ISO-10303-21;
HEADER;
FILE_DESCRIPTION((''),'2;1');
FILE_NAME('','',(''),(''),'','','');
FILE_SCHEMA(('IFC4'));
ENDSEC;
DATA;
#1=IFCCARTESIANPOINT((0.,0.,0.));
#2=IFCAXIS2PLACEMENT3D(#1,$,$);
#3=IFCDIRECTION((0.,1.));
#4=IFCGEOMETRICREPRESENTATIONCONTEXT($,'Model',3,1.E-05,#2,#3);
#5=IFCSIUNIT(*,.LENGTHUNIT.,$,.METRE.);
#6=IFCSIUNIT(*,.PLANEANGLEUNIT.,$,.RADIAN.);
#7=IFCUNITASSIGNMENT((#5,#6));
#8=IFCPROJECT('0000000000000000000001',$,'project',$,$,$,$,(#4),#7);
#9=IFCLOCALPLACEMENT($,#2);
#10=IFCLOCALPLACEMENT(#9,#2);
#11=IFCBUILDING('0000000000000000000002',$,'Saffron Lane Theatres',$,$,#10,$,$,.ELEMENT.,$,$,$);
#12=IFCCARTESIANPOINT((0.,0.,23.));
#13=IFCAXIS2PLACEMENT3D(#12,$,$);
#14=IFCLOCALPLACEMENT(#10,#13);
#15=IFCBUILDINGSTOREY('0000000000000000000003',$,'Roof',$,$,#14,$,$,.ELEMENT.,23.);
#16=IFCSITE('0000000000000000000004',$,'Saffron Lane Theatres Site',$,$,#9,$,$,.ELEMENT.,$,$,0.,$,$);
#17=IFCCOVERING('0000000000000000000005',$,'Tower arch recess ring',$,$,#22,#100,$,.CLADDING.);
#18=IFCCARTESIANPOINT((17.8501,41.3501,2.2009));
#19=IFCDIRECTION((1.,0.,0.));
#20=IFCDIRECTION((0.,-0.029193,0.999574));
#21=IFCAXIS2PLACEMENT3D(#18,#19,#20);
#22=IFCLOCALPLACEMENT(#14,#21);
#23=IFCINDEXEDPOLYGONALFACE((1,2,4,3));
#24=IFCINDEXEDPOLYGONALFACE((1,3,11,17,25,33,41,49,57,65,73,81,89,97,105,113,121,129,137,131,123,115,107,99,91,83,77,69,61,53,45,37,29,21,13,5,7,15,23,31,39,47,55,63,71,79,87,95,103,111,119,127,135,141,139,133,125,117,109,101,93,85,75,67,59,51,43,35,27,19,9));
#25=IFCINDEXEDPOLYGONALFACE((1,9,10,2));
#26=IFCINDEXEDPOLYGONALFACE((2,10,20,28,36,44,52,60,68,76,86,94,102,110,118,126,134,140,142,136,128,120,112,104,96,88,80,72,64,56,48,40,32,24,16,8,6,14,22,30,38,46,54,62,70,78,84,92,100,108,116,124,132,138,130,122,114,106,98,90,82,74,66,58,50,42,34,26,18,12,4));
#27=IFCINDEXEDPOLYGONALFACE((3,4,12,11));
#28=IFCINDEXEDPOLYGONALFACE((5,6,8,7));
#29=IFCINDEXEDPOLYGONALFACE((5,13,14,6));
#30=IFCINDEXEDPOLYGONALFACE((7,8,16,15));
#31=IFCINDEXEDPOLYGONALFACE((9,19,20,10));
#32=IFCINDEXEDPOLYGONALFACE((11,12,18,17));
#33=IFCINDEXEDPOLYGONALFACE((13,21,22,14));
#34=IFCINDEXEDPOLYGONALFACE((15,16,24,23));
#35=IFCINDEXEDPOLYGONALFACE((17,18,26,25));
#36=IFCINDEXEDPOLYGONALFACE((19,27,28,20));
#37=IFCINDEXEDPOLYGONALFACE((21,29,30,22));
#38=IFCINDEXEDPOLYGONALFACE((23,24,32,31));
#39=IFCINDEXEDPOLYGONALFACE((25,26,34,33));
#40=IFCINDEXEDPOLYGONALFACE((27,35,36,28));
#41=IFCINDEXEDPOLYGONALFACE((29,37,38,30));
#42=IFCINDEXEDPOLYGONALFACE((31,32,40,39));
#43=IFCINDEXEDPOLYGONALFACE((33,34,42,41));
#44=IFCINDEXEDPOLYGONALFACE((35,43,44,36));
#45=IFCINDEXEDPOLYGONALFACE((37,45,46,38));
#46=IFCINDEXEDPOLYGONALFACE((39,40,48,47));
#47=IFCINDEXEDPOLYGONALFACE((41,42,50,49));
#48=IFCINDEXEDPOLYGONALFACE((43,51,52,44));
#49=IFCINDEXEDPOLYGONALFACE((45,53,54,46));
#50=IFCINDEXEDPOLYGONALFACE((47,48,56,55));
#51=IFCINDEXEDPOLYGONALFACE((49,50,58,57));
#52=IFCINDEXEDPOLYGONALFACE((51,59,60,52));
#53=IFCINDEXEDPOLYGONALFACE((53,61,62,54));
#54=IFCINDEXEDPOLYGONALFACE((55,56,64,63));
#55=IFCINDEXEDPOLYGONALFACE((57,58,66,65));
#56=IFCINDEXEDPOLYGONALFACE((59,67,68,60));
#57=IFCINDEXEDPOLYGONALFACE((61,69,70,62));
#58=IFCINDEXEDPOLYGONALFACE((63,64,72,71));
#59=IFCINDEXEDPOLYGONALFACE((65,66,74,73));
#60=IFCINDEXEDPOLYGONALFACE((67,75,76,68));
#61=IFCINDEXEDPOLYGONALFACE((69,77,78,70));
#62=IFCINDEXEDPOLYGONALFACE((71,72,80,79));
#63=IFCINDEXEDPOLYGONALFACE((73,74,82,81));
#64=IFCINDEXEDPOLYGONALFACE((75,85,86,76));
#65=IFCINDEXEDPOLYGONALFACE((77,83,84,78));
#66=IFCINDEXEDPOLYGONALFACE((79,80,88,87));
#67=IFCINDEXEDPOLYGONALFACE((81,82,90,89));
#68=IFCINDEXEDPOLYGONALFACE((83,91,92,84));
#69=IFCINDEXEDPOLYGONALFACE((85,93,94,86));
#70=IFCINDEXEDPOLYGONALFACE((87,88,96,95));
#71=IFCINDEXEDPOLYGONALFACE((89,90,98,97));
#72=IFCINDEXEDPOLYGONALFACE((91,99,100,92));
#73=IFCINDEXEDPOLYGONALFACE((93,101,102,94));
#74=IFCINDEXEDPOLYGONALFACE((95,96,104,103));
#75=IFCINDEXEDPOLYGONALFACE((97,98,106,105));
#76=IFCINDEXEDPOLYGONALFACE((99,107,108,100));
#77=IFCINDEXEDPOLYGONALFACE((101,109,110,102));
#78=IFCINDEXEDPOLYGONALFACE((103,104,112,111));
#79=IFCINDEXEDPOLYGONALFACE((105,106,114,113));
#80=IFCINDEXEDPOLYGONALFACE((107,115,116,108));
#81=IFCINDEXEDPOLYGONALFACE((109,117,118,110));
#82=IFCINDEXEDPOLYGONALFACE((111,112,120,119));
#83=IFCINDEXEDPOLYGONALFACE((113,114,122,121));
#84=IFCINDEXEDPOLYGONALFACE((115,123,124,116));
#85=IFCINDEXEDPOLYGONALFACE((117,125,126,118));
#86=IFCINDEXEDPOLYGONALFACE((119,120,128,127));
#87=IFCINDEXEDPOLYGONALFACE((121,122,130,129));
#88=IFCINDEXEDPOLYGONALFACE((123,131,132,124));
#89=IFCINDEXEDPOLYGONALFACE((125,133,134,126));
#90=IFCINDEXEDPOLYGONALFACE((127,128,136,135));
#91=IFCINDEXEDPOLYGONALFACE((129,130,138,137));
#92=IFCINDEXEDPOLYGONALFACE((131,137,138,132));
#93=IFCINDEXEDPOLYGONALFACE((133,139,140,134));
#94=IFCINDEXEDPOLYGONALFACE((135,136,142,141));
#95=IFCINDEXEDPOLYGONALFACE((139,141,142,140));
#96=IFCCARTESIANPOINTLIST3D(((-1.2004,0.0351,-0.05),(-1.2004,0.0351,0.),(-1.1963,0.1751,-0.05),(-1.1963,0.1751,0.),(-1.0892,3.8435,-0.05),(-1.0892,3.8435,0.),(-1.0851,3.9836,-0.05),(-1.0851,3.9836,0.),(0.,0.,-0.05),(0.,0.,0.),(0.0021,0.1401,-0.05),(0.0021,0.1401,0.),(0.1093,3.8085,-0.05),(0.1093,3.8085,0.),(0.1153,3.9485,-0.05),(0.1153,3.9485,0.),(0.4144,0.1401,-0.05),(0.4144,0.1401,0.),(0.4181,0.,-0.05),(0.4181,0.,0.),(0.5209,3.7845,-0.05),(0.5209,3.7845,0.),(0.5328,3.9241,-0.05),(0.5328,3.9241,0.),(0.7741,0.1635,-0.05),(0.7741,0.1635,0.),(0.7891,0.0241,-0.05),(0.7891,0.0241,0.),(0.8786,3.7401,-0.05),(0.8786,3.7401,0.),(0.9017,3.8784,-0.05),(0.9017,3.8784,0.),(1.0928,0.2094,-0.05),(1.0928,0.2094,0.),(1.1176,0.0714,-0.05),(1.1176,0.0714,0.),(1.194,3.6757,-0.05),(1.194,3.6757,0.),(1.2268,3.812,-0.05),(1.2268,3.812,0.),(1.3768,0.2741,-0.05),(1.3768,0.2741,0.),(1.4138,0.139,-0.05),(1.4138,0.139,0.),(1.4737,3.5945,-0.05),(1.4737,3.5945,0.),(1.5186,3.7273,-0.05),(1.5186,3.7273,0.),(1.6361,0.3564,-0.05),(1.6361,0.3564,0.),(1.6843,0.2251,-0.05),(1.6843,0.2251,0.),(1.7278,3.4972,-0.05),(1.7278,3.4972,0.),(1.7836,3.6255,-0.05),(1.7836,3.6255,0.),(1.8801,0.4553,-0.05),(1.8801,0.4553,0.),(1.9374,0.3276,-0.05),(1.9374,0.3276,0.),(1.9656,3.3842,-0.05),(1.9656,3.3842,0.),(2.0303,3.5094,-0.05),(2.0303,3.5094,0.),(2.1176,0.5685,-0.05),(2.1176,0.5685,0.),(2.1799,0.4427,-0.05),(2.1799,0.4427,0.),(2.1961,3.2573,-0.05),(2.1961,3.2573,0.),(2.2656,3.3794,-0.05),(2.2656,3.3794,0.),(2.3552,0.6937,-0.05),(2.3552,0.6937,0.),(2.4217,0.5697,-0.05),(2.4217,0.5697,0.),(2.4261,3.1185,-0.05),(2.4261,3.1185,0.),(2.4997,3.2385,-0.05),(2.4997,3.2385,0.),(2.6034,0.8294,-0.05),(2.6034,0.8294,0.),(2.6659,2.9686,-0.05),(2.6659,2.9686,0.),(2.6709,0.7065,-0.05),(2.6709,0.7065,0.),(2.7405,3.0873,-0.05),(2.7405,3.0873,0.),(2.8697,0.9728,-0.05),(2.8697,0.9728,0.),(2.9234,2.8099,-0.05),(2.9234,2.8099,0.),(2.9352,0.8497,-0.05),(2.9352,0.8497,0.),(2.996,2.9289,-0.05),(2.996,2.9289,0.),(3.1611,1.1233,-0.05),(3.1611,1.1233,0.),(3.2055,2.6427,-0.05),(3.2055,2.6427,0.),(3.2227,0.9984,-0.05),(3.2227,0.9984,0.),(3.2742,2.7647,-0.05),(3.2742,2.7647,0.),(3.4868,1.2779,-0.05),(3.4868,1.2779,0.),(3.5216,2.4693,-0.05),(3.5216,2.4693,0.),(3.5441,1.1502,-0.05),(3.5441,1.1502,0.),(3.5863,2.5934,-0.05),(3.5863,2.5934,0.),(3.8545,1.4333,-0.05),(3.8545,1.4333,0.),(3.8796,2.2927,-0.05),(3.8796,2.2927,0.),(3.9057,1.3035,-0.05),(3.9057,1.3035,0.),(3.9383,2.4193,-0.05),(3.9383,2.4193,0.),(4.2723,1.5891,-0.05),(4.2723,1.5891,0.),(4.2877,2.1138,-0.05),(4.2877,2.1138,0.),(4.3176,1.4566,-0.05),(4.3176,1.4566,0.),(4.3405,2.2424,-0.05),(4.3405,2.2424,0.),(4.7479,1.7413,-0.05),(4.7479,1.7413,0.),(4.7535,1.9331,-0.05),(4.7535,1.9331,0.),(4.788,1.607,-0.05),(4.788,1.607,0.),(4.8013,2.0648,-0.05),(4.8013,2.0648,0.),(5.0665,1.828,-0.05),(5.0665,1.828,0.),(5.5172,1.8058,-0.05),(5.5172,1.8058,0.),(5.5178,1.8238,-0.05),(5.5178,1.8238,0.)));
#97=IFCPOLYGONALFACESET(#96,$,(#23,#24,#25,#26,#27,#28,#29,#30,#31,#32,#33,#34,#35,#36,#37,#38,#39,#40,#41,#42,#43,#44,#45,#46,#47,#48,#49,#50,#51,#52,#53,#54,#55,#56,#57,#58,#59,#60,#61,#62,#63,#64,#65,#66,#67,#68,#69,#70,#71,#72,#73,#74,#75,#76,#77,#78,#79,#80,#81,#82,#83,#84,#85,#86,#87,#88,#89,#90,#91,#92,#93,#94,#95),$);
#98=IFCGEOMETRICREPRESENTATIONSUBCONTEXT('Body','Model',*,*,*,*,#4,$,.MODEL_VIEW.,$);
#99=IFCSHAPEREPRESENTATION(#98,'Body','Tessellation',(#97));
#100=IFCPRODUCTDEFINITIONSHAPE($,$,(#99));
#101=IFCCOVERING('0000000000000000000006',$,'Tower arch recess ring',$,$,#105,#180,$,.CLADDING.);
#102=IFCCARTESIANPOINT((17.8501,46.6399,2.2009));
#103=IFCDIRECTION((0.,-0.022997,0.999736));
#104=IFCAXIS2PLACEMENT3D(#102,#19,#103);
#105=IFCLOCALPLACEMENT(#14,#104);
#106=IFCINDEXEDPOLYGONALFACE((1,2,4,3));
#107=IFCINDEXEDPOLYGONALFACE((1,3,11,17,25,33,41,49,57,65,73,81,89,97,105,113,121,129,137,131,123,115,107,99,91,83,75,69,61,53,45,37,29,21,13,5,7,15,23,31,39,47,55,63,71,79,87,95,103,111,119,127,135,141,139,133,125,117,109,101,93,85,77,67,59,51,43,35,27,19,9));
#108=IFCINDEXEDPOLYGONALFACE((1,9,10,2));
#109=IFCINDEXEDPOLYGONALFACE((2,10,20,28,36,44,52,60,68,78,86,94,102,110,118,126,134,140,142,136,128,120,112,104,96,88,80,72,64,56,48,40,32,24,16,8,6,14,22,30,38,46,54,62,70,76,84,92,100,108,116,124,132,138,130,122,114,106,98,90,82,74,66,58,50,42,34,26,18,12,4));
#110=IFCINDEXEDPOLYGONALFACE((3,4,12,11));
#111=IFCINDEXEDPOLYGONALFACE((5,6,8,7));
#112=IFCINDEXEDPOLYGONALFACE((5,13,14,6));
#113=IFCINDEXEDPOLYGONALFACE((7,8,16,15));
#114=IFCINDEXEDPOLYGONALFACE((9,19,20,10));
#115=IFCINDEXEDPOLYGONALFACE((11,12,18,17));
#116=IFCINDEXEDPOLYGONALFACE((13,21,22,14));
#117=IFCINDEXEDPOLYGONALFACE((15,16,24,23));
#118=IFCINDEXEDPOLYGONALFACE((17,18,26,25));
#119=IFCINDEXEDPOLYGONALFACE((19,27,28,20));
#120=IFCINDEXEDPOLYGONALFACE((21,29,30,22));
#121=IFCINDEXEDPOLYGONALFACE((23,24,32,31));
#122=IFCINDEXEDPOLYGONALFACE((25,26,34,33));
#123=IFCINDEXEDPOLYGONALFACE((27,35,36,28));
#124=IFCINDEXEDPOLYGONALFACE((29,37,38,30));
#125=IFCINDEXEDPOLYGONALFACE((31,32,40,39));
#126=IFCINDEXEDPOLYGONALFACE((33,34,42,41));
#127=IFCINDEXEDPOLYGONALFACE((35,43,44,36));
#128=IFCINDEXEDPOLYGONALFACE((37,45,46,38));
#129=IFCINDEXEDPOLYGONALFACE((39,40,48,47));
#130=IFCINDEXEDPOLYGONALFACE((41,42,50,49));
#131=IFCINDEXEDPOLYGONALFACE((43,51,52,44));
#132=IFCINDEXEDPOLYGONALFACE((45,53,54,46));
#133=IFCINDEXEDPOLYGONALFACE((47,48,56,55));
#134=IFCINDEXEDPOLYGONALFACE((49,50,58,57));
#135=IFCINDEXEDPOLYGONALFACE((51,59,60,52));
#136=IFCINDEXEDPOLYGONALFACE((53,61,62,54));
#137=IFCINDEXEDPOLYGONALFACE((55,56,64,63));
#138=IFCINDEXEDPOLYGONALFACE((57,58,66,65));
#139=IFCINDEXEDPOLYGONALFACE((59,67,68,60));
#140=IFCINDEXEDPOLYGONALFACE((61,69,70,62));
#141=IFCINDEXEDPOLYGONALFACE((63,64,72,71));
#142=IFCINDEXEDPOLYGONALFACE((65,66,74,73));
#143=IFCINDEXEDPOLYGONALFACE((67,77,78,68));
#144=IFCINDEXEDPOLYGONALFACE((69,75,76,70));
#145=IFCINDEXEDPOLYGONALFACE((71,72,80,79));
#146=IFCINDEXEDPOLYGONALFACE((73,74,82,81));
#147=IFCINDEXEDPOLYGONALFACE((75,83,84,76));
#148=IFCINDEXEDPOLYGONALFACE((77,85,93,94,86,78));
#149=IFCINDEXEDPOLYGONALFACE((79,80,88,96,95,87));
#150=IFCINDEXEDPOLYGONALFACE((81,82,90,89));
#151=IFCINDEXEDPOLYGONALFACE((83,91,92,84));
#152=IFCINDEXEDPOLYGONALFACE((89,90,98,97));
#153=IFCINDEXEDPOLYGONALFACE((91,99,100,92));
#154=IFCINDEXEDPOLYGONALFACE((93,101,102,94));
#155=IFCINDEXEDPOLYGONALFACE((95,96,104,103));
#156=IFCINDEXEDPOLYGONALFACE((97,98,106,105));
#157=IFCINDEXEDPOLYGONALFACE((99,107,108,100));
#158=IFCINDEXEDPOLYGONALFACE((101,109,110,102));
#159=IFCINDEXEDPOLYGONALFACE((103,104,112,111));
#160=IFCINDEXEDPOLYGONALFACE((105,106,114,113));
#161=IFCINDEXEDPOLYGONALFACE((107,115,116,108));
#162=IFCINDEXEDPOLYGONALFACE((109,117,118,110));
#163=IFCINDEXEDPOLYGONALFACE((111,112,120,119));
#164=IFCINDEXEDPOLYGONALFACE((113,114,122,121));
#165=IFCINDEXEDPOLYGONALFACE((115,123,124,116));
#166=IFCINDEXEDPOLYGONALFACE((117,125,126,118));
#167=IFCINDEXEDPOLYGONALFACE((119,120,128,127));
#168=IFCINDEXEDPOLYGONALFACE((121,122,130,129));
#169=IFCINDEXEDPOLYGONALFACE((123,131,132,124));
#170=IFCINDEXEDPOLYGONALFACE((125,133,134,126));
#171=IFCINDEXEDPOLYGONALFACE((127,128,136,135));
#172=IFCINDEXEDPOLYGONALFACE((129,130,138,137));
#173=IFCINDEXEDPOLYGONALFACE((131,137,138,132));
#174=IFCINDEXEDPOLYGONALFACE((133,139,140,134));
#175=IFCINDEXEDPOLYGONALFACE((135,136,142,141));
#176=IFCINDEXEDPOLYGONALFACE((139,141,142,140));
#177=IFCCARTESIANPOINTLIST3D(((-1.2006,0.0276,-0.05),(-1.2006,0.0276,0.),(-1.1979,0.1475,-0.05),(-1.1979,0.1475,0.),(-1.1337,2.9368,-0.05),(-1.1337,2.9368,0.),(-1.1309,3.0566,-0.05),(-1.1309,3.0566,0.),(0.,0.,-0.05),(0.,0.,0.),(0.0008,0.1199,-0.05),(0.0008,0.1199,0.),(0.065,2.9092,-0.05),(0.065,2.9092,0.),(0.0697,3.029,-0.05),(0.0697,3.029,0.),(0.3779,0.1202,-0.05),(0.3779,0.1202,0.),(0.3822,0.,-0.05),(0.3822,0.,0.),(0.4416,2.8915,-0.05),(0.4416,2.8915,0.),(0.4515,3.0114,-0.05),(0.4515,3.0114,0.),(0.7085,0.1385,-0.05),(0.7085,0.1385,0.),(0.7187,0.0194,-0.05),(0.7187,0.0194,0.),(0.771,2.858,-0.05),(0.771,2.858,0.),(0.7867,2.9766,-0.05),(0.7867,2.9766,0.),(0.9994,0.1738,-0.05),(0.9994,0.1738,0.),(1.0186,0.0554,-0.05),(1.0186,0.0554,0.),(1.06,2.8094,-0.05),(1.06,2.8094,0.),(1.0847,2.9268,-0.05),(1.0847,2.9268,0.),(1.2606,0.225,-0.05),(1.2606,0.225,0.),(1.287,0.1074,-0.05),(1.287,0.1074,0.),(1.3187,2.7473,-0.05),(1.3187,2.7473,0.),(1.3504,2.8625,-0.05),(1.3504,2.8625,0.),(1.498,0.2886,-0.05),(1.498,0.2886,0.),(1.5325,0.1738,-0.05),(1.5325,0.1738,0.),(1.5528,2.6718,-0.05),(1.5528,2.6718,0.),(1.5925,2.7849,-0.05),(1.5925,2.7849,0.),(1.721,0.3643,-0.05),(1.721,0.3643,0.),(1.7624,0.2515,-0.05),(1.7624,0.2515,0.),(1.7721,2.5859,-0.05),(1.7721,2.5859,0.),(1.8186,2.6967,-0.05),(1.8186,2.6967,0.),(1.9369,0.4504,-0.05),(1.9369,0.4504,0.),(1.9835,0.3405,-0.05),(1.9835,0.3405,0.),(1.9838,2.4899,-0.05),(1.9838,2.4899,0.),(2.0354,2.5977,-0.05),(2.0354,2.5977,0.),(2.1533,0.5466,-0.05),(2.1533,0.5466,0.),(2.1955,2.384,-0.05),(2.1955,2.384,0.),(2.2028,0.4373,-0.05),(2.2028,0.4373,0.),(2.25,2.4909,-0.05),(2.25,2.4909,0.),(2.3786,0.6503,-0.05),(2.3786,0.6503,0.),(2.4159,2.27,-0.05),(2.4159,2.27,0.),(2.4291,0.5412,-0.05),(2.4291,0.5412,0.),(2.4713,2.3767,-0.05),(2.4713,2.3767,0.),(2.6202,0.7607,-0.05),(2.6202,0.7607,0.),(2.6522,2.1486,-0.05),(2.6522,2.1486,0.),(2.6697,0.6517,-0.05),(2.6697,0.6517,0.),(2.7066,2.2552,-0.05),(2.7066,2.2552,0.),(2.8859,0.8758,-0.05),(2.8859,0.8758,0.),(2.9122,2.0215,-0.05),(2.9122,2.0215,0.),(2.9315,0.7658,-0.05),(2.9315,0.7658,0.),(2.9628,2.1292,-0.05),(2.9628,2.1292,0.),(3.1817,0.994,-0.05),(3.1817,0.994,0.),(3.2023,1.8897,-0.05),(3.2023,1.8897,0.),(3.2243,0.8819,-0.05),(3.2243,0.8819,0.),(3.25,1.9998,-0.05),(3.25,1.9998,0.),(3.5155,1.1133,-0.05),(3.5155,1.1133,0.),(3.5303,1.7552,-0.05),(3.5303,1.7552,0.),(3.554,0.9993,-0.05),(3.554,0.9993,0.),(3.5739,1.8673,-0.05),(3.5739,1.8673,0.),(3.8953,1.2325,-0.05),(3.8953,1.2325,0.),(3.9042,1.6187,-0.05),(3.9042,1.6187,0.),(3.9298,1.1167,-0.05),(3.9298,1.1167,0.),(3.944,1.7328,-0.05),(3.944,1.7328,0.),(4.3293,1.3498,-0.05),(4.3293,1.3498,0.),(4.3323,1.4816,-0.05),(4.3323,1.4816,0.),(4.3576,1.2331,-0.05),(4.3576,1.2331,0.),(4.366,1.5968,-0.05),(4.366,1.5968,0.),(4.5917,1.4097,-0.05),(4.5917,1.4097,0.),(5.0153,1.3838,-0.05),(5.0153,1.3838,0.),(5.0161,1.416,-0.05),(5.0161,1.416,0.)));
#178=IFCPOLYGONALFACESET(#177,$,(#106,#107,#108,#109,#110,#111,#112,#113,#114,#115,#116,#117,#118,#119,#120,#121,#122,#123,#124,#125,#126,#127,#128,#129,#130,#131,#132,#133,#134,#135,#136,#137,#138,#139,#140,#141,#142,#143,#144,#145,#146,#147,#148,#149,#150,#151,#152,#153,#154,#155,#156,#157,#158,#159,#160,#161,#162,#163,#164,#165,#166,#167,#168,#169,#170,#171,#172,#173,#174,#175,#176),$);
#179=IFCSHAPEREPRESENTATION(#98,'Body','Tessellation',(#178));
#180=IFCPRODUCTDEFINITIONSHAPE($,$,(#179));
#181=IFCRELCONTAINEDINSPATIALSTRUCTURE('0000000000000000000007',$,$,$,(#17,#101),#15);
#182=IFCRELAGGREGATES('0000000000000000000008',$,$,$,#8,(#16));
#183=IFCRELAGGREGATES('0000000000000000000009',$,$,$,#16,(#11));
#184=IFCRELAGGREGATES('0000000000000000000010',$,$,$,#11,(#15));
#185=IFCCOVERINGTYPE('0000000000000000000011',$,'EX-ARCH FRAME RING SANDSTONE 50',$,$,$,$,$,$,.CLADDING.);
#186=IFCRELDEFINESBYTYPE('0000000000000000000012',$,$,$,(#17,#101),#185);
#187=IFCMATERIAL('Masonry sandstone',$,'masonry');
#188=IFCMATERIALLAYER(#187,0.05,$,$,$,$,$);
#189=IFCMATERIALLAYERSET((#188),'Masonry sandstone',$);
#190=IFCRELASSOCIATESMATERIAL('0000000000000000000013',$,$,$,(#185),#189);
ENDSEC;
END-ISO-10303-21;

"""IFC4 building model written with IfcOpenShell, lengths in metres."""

from ifc_helpers import new_model, si_unit, direction, frame, origin, place, context, subcontext, project, spatial, polyline, outline, extrude, material, layer, layer_set, type_object, element, save


model = new_model("IFC4")

# Units and contexts
model_context = context("Model", 3, precision=1e-05, world=origin(), true_north=direction((0.0, 1.0)))
body_context = subcontext(model_context, "Body", "Model", "MODEL_VIEW")
ifc_project = project(units=[si_unit("LENGTHUNIT", "METRE"), si_unit("PLANEANGLEUNIT", "RADIAN")], contexts=[model_context])

# Site, building, storey
site_placement = place(None, origin())
site = spatial("IfcSite", under=ifc_project, at=site_placement, Name="Saffron Lane Theatres Site", CompositionType="ELEMENT", RefElevation=0.0)
building_placement = place(site_placement, origin())
building = spatial("IfcBuilding", under=site, at=building_placement, Name="Saffron Lane Theatres", CompositionType="ELEMENT")
storey_placement = place(building_placement, frame((0.0, 0.0, 23.0)))
storey = spatial("IfcBuildingStorey", under=building, at=storey_placement, Name="Roof", CompositionType="ELEMENT", Elevation=23.0)

# Coverings
ifc_material_1 = material(Name="Masonry sandstone", Category="masonry")
ifc_layer_1 = layer(ifc_material_1, 0.05)
ifc_layer_set_1 = layer_set([ifc_layer_1], Name="Masonry sandstone")
covering_type_1 = type_object("IfcCoveringType", Name="EX-ARCH FRAME RING SANDSTONE 50", PredefinedType="CLADDING", material=ifc_layer_set_1)
covering_1_placement = place(storey_placement, frame((17.8501, 41.3501, 2.2009), z_axis=(1.0, 0.0, 0.0), x_axis=(0.0, -0.029193, 0.999574)))
element("IfcCovering", 1, at=covering_1_placement, inside=storey, type_object=covering_type_1, Name="Tower arch recess ring", PredefinedType="CLADDING", context=body_context, shape_type="SweptSolid", body=[
    extrude(outline(polyline([(0.0, 0.0), (0.4181, 0.0), (0.7891, 0.0241), (1.1176, 0.0714), (1.4138, 0.139), (1.6843, 0.2251), (1.9374, 0.3276), (2.1799, 0.4427), (2.4217, 0.5697), (2.6709, 0.7065), (2.9352, 0.8497), (3.2227, 0.9984), (3.5441, 1.1502), (3.9057, 1.3035), (4.3176, 1.4566), (4.788, 1.607), (5.5172, 1.8058), (5.5178, 1.8238), (4.8013, 2.0648), (4.3405, 2.2424), (3.9383, 2.4193), (3.5863, 2.5934), (3.2742, 2.7647), (2.996, 2.9289), (2.7405, 3.0873), (2.4997, 3.2385), (2.2656, 3.3794), (2.0303, 3.5094), (1.7836, 3.6255), (1.5186, 3.7273), (1.2268, 3.812), (0.9017, 3.8784), (0.5328, 3.9241), (0.1153, 3.9485), (-1.0851, 3.9836), (-1.0892, 3.8435), (0.1093, 3.8085), (0.5209, 3.7845), (0.8786, 3.7401), (1.194, 3.6757), (1.4737, 3.5945), (1.7278, 3.4972), (1.9656, 3.3842), (2.1961, 3.2573), (2.4261, 3.1185), (2.6659, 2.9686), (2.9234, 2.8099), (3.2055, 2.6427), (3.5216, 2.4693), (3.8796, 2.2927), (4.2877, 2.1138), (4.7535, 1.9331), (5.0665, 1.828), (4.7479, 1.7413), (4.2723, 1.5891), (3.8545, 1.4333), (3.4868, 1.2779), (3.1611, 1.1233), (2.8697, 0.9728), (2.6034, 0.8294), (2.3552, 0.6937), (2.1176, 0.5685), (1.8801, 0.4553), (1.6361, 0.3564), (1.3768, 0.2741), (1.0928, 0.2094), (0.7741, 0.1635), (0.4144, 0.1401), (0.0021, 0.1401), (-1.1963, 0.1751), (-1.2004, 0.0351), (0.0, 0.0)])), origin(), (0.0, 0.0, -1.0), 0.05),
])
covering_2_placement = place(storey_placement, frame((17.8501, 46.6399, 2.2009), z_axis=(1.0, 0.0, 0.0), x_axis=(0.0, -0.022997, 0.999736)))
element("IfcCovering", 2, at=covering_2_placement, inside=storey, type_object=covering_type_1, Name="Tower arch recess ring", PredefinedType="CLADDING", context=body_context, shape_type="SweptSolid", body=[
    extrude(outline(polyline([(0.0, 0.0), (0.3822, 0.0), (0.7187, 0.0194), (1.0186, 0.0554), (1.287, 0.1074), (1.5325, 0.1738), (1.7624, 0.2515), (1.9835, 0.3405), (2.2028, 0.4373), (2.4291, 0.5412), (2.6697, 0.6517), (2.9315, 0.7658), (3.2243, 0.8819), (3.554, 0.9993), (3.9298, 1.1167), (4.3576, 1.2331), (5.0153, 1.3838), (5.0161, 1.416), (4.366, 1.5968), (3.944, 1.7328), (3.5739, 1.8673), (3.25, 1.9998), (2.9628, 2.1292), (2.7066, 2.2552), (2.4713, 2.3767), (2.25, 2.4909), (2.0354, 2.5977), (1.8186, 2.6967), (1.5925, 2.7849), (1.3504, 2.8625), (1.0847, 2.9268), (0.7867, 2.9766), (0.4515, 3.0114), (0.0697, 3.029), (-1.1309, 3.0566), (-1.1337, 2.9368), (0.065, 2.9092), (0.4416, 2.8915), (0.771, 2.858), (1.06, 2.8094), (1.3187, 2.7473), (1.5528, 2.6718), (1.7721, 2.5859), (1.9838, 2.4899), (2.1955, 2.384), (2.4159, 2.27), (2.6522, 2.1486), (2.9122, 2.0215), (3.2023, 1.8897), (3.5303, 1.7552), (3.9042, 1.6187), (4.3323, 1.4816), (4.5917, 1.4097), (4.3293, 1.3498), (3.8953, 1.2325), (3.5155, 1.1133), (3.1817, 0.994), (2.8859, 0.8758), (2.6202, 0.7607), (2.3786, 0.6503), (2.1533, 0.5466), (1.9369, 0.4504), (1.721, 0.3643), (1.498, 0.2886), (1.2606, 0.225), (0.9994, 0.1738), (0.7085, 0.1385), (0.3779, 0.1202), (0.0008, 0.1199), (-1.1979, 0.1475), (-1.2006, 0.0276), (0.0, 0.0)])), origin(), (0.0, 0.0, -1.0), 0.05),
])

save(model, "model.ifc")
